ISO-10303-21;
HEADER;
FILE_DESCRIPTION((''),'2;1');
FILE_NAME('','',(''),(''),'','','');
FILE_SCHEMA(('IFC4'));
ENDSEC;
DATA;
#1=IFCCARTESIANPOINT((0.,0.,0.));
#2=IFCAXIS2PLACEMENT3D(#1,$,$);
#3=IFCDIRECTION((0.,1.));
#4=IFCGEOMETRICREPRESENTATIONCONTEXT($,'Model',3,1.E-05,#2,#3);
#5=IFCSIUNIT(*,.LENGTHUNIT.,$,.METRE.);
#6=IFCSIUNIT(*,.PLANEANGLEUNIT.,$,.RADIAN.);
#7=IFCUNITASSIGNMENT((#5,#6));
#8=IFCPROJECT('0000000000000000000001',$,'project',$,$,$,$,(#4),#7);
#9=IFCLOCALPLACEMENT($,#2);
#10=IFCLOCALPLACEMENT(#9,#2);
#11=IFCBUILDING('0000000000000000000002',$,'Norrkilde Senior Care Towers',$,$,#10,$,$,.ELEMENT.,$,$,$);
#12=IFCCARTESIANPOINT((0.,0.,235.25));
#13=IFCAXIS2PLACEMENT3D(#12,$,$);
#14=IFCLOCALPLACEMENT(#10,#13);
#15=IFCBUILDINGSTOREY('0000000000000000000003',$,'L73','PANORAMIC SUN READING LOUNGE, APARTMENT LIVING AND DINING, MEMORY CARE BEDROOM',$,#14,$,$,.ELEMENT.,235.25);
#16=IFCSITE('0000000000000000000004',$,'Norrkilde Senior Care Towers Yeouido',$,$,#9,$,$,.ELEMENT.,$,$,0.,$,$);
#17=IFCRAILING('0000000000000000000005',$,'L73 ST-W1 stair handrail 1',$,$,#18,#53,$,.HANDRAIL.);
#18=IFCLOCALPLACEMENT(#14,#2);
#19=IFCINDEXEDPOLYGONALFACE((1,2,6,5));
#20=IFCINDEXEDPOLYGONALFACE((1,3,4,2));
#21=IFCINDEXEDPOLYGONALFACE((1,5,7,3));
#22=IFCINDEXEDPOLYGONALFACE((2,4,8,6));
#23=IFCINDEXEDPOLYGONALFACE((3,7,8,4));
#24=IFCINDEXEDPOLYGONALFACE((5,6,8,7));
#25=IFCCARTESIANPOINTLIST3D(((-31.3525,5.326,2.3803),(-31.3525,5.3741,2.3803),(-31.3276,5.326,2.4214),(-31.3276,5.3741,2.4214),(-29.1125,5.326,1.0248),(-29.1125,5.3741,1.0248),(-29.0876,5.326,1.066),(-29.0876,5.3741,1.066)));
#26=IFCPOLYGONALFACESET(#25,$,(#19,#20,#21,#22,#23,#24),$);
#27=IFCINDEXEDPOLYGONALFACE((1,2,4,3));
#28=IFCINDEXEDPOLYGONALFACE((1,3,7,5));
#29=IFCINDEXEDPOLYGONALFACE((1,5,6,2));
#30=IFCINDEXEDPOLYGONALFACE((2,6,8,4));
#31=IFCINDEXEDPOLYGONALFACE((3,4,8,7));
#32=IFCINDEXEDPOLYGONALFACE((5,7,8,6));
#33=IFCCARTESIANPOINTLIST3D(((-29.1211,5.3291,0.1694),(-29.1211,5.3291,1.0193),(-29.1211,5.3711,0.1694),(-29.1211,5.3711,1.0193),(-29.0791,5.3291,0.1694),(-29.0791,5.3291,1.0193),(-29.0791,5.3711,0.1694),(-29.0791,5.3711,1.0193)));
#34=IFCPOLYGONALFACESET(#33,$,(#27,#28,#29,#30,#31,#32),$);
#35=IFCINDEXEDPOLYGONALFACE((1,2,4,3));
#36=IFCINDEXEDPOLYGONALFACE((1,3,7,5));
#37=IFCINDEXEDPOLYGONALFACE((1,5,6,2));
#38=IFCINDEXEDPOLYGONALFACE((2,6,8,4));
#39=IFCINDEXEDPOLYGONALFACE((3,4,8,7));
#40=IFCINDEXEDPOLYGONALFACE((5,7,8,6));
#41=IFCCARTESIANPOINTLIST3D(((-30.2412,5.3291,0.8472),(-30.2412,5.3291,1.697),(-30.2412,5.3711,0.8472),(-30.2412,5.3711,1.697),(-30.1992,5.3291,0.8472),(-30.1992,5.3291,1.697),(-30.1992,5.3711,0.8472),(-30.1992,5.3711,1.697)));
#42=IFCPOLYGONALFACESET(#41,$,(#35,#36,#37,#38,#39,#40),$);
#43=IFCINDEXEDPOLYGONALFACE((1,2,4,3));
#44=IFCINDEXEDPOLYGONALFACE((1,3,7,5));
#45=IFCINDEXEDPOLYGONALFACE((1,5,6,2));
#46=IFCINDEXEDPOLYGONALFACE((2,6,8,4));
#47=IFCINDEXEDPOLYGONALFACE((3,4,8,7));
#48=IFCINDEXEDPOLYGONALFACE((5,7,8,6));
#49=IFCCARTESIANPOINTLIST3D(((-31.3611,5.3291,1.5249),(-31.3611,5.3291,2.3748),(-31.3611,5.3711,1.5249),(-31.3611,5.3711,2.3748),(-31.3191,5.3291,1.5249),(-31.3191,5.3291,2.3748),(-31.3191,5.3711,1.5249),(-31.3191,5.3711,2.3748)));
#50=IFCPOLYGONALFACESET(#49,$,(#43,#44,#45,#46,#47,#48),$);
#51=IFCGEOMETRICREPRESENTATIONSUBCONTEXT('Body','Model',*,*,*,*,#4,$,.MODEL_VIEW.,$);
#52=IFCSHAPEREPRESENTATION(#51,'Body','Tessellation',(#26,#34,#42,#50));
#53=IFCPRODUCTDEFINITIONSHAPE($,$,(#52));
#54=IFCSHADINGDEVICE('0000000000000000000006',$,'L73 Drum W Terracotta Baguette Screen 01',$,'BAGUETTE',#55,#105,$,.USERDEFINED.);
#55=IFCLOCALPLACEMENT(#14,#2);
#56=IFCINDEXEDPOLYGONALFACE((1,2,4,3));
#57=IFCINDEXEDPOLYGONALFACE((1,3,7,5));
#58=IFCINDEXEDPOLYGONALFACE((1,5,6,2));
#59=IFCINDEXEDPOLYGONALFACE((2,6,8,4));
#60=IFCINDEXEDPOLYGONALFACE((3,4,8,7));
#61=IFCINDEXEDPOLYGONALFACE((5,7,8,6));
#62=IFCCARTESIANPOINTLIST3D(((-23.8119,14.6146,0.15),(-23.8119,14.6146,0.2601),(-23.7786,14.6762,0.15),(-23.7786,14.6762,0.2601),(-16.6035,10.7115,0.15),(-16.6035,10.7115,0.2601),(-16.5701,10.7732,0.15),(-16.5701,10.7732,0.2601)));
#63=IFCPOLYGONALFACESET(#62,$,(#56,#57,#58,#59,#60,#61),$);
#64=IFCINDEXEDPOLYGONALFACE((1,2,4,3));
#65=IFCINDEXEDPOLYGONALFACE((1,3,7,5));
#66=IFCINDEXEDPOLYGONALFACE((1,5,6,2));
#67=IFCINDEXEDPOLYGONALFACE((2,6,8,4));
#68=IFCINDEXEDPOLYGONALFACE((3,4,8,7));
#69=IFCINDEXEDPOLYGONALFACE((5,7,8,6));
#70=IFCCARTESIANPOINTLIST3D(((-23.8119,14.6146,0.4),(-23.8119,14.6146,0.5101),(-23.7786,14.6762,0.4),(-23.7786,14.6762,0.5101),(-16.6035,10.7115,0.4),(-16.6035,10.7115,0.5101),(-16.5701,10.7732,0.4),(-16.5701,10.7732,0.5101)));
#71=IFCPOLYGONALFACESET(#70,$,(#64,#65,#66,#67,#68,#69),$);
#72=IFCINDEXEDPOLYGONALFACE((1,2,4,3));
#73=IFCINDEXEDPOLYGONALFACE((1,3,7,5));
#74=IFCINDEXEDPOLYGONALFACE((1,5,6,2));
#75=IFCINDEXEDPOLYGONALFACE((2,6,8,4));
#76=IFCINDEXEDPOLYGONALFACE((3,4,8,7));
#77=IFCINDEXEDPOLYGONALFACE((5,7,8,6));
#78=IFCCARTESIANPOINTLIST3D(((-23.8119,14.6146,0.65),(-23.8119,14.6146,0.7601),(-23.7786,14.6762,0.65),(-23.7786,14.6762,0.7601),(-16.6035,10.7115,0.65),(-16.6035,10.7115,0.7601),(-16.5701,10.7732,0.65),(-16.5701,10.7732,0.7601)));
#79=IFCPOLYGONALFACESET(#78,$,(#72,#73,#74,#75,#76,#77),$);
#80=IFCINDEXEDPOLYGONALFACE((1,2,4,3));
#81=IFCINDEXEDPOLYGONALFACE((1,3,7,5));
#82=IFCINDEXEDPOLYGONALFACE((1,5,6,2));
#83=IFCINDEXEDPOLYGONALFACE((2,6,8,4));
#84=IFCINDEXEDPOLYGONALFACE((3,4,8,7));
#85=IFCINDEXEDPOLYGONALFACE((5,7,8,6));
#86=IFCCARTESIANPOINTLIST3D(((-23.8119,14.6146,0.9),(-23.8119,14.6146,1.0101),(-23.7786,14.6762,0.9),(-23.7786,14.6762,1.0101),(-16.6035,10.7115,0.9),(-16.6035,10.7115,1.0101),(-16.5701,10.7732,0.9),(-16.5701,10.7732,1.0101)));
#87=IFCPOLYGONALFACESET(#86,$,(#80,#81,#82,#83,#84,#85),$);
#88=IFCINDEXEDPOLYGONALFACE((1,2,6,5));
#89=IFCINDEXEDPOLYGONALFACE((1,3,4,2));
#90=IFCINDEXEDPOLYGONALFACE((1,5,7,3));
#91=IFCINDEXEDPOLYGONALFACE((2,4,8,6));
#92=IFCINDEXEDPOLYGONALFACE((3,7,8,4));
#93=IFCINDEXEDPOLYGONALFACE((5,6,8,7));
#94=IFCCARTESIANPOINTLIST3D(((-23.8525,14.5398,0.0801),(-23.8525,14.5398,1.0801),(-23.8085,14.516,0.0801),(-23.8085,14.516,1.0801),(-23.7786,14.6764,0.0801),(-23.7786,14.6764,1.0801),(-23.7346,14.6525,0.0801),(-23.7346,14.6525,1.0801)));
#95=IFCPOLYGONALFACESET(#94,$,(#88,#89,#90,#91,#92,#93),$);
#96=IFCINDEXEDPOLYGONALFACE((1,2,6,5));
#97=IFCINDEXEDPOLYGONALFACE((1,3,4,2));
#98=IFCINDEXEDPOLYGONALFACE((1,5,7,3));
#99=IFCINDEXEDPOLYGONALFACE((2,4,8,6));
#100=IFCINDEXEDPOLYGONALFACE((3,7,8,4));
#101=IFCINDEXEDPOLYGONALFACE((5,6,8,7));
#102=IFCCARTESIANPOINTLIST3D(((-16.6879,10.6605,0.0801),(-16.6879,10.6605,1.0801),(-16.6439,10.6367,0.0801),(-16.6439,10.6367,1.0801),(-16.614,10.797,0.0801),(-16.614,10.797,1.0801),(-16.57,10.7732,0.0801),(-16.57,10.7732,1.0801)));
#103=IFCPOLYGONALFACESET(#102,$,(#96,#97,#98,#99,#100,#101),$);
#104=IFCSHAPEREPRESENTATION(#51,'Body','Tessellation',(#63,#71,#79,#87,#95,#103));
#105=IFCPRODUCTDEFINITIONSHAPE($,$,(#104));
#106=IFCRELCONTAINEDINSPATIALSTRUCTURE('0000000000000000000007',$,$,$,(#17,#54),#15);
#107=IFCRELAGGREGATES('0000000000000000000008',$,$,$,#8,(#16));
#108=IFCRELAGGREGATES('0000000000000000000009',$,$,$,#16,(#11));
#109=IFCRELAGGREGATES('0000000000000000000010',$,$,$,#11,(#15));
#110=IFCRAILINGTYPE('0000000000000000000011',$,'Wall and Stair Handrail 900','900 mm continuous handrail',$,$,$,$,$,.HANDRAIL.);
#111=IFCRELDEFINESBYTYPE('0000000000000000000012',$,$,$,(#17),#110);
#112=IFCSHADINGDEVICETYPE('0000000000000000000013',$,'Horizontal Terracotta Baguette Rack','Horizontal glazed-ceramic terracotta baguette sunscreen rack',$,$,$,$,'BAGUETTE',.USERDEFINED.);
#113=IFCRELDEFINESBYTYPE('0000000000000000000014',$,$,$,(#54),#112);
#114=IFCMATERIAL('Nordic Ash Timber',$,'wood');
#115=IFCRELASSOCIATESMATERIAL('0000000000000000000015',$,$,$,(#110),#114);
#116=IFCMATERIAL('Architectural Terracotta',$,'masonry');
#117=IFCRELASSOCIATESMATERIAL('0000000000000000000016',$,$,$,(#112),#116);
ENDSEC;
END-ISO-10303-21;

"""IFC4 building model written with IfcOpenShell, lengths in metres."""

from ifc_helpers import new_model, si_unit, direction, frame, origin, origin_2d, place, context, subcontext, project, spatial, rectangle, extrude, source, transform, mapped, material, type_object, type_shapes, element, save


model = new_model("IFC4")

# Units and contexts
model_context = context("Model", 3, precision=1e-05, world=origin(), true_north=direction((0.0, 1.0)))
body_context = subcontext(model_context, "Body", "Model", "MODEL_VIEW")
ifc_project = project(units=[si_unit("LENGTHUNIT", "METRE"), si_unit("PLANEANGLEUNIT", "RADIAN")], contexts=[model_context])

# Site, building, storey
site_placement = place(None, origin())
site = spatial("IfcSite", under=ifc_project, at=site_placement, Name="Norrkilde Senior Care Towers Yeouido", CompositionType="ELEMENT", RefElevation=0.0)
building_placement = place(site_placement, origin())
building = spatial("IfcBuilding", under=site, at=building_placement, Name="Norrkilde Senior Care Towers", CompositionType="ELEMENT")
storey_placement = place(building_placement, frame((0.0, 0.0, 235.25)))
storey = spatial("IfcBuildingStorey", under=building, at=storey_placement, Name="L73", Description="PANORAMIC SUN READING LOUNGE, APARTMENT LIVING AND DINING, MEMORY CARE BEDROOM", CompositionType="ELEMENT", Elevation=235.25)

# Shared definitions
ifc_material_1 = material(Name="Nordic Ash Timber", Category="wood")

# Railing
railing_type_1 = type_object("IfcRailingType", Name="Wall and Stair Handrail 900", Description="900 mm continuous handrail", PredefinedType="HANDRAIL", material=ifc_material_1)
railing_1_placement = place(storey_placement, frame((-29.1001, 5.3501, 0.1694)))
element("IfcRailing", 1, at=railing_1_placement, inside=storey, type_object=railing_type_1, Name="L73 ST-W1 stair handrail 1", PredefinedType="HANDRAIL", context=body_context, shape_type="SweptSolid", body=[
    extrude(rectangle(XDim=0.0481, YDim=0.0481, at=origin_2d()), frame((0.0, 0.0, 0.876), z_axis=(-0.855553, 0.0, 0.517715), x_axis=(0.0, -1.0, 0.0)), (0.0, 0.0, 1.0), 2.6182),
    extrude(rectangle(XDim=0.042, YDim=0.042, at=origin_2d()), origin(), (0.0, 0.0, 1.0), 0.8499),
    extrude(rectangle(XDim=0.042, YDim=0.042, at=origin_2d()), frame((-1.1201, 0.0, 0.6777)), (0.0, 0.0, 1.0), 0.8499),
    extrude(rectangle(XDim=0.042, YDim=0.042, at=origin_2d()), frame((-2.24, 0.0, 1.3555)), (0.0, 0.0, 1.0), 0.8499),
])

# Shading device
ifc_material_2 = material(Name="Architectural Terracotta", Category="masonry")
shading_device_type = type_object("IfcShadingDeviceType", Name="Horizontal Terracotta Baguette Rack", Description="Horizontal glazed-ceramic terracotta baguette sunscreen rack", ElementType="BAGUETTE", PredefinedType="USERDEFINED", material=ifc_material_2)
shared_shape_1 = source(origin(), body_context, "Body", "SweptSolid", [
    extrude(rectangle(XDim=0.0701, YDim=0.1101, at=origin_2d()), frame((0.0, 0.0901, 0.125), z_axis=(1.0, 0.0, 0.0), x_axis=(0.0, 1.0, 0.0)), (0.0, 0.0, 1.0), 8.1973),
    extrude(rectangle(XDim=0.0701, YDim=0.1101, at=origin_2d()), frame((0.0, 0.0901, 0.375), z_axis=(1.0, 0.0, 0.0), x_axis=(0.0, 1.0, 0.0)), (0.0, 0.0, 1.0), 8.1973),
    extrude(rectangle(XDim=0.0701, YDim=0.1101, at=origin_2d()), frame((0.0, 0.0901, 0.625), z_axis=(1.0, 0.0, 0.0), x_axis=(0.0, 1.0, 0.0)), (0.0, 0.0, 1.0), 8.1973),
    extrude(rectangle(XDim=0.0701, YDim=0.1101, at=origin_2d()), frame((0.0, 0.0901, 0.875), z_axis=(1.0, 0.0, 0.0), x_axis=(0.0, 1.0, 0.0)), (0.0, 0.0, 1.0), 8.1973),
    extrude(rectangle(XDim=0.05, YDim=0.1553, at=origin_2d()), frame((0.0249, 0.0476, 0.0)), (0.0, 0.0, 1.0), 1.0),
    extrude(rectangle(XDim=0.05, YDim=0.1553, at=origin_2d()), frame((8.1724, 0.0476, 0.0)), (0.0, 0.0, 1.0), 1.0),
])
type_shapes(shading_device_type, [shared_shape_1])
shading_device_placement = place(storey_placement, frame((-23.8381, 14.5662, 0.0801), z_axis=(0.0, 0.0, 1.0), x_axis=(0.879378, -0.476144, 0.0)))
element("IfcShadingDevice", 2, at=shading_device_placement, inside=storey, type_object=shading_device_type, Name="L73 Drum W Terracotta Baguette Screen 01", ObjectType="BAGUETTE", PredefinedType="USERDEFINED", context=body_context, shape_type="MappedRepresentation", body=[
    mapped(shared_shape_1, transform((0.0, 0.0, 0.0), x_axis=(1.0, 0.0, 0.0), y_axis=(0.0, 1.0, 0.0), z_axis=(0.0, 0.0, 1.0), scale=1.0)),
])

save(model, "model.ifc")
